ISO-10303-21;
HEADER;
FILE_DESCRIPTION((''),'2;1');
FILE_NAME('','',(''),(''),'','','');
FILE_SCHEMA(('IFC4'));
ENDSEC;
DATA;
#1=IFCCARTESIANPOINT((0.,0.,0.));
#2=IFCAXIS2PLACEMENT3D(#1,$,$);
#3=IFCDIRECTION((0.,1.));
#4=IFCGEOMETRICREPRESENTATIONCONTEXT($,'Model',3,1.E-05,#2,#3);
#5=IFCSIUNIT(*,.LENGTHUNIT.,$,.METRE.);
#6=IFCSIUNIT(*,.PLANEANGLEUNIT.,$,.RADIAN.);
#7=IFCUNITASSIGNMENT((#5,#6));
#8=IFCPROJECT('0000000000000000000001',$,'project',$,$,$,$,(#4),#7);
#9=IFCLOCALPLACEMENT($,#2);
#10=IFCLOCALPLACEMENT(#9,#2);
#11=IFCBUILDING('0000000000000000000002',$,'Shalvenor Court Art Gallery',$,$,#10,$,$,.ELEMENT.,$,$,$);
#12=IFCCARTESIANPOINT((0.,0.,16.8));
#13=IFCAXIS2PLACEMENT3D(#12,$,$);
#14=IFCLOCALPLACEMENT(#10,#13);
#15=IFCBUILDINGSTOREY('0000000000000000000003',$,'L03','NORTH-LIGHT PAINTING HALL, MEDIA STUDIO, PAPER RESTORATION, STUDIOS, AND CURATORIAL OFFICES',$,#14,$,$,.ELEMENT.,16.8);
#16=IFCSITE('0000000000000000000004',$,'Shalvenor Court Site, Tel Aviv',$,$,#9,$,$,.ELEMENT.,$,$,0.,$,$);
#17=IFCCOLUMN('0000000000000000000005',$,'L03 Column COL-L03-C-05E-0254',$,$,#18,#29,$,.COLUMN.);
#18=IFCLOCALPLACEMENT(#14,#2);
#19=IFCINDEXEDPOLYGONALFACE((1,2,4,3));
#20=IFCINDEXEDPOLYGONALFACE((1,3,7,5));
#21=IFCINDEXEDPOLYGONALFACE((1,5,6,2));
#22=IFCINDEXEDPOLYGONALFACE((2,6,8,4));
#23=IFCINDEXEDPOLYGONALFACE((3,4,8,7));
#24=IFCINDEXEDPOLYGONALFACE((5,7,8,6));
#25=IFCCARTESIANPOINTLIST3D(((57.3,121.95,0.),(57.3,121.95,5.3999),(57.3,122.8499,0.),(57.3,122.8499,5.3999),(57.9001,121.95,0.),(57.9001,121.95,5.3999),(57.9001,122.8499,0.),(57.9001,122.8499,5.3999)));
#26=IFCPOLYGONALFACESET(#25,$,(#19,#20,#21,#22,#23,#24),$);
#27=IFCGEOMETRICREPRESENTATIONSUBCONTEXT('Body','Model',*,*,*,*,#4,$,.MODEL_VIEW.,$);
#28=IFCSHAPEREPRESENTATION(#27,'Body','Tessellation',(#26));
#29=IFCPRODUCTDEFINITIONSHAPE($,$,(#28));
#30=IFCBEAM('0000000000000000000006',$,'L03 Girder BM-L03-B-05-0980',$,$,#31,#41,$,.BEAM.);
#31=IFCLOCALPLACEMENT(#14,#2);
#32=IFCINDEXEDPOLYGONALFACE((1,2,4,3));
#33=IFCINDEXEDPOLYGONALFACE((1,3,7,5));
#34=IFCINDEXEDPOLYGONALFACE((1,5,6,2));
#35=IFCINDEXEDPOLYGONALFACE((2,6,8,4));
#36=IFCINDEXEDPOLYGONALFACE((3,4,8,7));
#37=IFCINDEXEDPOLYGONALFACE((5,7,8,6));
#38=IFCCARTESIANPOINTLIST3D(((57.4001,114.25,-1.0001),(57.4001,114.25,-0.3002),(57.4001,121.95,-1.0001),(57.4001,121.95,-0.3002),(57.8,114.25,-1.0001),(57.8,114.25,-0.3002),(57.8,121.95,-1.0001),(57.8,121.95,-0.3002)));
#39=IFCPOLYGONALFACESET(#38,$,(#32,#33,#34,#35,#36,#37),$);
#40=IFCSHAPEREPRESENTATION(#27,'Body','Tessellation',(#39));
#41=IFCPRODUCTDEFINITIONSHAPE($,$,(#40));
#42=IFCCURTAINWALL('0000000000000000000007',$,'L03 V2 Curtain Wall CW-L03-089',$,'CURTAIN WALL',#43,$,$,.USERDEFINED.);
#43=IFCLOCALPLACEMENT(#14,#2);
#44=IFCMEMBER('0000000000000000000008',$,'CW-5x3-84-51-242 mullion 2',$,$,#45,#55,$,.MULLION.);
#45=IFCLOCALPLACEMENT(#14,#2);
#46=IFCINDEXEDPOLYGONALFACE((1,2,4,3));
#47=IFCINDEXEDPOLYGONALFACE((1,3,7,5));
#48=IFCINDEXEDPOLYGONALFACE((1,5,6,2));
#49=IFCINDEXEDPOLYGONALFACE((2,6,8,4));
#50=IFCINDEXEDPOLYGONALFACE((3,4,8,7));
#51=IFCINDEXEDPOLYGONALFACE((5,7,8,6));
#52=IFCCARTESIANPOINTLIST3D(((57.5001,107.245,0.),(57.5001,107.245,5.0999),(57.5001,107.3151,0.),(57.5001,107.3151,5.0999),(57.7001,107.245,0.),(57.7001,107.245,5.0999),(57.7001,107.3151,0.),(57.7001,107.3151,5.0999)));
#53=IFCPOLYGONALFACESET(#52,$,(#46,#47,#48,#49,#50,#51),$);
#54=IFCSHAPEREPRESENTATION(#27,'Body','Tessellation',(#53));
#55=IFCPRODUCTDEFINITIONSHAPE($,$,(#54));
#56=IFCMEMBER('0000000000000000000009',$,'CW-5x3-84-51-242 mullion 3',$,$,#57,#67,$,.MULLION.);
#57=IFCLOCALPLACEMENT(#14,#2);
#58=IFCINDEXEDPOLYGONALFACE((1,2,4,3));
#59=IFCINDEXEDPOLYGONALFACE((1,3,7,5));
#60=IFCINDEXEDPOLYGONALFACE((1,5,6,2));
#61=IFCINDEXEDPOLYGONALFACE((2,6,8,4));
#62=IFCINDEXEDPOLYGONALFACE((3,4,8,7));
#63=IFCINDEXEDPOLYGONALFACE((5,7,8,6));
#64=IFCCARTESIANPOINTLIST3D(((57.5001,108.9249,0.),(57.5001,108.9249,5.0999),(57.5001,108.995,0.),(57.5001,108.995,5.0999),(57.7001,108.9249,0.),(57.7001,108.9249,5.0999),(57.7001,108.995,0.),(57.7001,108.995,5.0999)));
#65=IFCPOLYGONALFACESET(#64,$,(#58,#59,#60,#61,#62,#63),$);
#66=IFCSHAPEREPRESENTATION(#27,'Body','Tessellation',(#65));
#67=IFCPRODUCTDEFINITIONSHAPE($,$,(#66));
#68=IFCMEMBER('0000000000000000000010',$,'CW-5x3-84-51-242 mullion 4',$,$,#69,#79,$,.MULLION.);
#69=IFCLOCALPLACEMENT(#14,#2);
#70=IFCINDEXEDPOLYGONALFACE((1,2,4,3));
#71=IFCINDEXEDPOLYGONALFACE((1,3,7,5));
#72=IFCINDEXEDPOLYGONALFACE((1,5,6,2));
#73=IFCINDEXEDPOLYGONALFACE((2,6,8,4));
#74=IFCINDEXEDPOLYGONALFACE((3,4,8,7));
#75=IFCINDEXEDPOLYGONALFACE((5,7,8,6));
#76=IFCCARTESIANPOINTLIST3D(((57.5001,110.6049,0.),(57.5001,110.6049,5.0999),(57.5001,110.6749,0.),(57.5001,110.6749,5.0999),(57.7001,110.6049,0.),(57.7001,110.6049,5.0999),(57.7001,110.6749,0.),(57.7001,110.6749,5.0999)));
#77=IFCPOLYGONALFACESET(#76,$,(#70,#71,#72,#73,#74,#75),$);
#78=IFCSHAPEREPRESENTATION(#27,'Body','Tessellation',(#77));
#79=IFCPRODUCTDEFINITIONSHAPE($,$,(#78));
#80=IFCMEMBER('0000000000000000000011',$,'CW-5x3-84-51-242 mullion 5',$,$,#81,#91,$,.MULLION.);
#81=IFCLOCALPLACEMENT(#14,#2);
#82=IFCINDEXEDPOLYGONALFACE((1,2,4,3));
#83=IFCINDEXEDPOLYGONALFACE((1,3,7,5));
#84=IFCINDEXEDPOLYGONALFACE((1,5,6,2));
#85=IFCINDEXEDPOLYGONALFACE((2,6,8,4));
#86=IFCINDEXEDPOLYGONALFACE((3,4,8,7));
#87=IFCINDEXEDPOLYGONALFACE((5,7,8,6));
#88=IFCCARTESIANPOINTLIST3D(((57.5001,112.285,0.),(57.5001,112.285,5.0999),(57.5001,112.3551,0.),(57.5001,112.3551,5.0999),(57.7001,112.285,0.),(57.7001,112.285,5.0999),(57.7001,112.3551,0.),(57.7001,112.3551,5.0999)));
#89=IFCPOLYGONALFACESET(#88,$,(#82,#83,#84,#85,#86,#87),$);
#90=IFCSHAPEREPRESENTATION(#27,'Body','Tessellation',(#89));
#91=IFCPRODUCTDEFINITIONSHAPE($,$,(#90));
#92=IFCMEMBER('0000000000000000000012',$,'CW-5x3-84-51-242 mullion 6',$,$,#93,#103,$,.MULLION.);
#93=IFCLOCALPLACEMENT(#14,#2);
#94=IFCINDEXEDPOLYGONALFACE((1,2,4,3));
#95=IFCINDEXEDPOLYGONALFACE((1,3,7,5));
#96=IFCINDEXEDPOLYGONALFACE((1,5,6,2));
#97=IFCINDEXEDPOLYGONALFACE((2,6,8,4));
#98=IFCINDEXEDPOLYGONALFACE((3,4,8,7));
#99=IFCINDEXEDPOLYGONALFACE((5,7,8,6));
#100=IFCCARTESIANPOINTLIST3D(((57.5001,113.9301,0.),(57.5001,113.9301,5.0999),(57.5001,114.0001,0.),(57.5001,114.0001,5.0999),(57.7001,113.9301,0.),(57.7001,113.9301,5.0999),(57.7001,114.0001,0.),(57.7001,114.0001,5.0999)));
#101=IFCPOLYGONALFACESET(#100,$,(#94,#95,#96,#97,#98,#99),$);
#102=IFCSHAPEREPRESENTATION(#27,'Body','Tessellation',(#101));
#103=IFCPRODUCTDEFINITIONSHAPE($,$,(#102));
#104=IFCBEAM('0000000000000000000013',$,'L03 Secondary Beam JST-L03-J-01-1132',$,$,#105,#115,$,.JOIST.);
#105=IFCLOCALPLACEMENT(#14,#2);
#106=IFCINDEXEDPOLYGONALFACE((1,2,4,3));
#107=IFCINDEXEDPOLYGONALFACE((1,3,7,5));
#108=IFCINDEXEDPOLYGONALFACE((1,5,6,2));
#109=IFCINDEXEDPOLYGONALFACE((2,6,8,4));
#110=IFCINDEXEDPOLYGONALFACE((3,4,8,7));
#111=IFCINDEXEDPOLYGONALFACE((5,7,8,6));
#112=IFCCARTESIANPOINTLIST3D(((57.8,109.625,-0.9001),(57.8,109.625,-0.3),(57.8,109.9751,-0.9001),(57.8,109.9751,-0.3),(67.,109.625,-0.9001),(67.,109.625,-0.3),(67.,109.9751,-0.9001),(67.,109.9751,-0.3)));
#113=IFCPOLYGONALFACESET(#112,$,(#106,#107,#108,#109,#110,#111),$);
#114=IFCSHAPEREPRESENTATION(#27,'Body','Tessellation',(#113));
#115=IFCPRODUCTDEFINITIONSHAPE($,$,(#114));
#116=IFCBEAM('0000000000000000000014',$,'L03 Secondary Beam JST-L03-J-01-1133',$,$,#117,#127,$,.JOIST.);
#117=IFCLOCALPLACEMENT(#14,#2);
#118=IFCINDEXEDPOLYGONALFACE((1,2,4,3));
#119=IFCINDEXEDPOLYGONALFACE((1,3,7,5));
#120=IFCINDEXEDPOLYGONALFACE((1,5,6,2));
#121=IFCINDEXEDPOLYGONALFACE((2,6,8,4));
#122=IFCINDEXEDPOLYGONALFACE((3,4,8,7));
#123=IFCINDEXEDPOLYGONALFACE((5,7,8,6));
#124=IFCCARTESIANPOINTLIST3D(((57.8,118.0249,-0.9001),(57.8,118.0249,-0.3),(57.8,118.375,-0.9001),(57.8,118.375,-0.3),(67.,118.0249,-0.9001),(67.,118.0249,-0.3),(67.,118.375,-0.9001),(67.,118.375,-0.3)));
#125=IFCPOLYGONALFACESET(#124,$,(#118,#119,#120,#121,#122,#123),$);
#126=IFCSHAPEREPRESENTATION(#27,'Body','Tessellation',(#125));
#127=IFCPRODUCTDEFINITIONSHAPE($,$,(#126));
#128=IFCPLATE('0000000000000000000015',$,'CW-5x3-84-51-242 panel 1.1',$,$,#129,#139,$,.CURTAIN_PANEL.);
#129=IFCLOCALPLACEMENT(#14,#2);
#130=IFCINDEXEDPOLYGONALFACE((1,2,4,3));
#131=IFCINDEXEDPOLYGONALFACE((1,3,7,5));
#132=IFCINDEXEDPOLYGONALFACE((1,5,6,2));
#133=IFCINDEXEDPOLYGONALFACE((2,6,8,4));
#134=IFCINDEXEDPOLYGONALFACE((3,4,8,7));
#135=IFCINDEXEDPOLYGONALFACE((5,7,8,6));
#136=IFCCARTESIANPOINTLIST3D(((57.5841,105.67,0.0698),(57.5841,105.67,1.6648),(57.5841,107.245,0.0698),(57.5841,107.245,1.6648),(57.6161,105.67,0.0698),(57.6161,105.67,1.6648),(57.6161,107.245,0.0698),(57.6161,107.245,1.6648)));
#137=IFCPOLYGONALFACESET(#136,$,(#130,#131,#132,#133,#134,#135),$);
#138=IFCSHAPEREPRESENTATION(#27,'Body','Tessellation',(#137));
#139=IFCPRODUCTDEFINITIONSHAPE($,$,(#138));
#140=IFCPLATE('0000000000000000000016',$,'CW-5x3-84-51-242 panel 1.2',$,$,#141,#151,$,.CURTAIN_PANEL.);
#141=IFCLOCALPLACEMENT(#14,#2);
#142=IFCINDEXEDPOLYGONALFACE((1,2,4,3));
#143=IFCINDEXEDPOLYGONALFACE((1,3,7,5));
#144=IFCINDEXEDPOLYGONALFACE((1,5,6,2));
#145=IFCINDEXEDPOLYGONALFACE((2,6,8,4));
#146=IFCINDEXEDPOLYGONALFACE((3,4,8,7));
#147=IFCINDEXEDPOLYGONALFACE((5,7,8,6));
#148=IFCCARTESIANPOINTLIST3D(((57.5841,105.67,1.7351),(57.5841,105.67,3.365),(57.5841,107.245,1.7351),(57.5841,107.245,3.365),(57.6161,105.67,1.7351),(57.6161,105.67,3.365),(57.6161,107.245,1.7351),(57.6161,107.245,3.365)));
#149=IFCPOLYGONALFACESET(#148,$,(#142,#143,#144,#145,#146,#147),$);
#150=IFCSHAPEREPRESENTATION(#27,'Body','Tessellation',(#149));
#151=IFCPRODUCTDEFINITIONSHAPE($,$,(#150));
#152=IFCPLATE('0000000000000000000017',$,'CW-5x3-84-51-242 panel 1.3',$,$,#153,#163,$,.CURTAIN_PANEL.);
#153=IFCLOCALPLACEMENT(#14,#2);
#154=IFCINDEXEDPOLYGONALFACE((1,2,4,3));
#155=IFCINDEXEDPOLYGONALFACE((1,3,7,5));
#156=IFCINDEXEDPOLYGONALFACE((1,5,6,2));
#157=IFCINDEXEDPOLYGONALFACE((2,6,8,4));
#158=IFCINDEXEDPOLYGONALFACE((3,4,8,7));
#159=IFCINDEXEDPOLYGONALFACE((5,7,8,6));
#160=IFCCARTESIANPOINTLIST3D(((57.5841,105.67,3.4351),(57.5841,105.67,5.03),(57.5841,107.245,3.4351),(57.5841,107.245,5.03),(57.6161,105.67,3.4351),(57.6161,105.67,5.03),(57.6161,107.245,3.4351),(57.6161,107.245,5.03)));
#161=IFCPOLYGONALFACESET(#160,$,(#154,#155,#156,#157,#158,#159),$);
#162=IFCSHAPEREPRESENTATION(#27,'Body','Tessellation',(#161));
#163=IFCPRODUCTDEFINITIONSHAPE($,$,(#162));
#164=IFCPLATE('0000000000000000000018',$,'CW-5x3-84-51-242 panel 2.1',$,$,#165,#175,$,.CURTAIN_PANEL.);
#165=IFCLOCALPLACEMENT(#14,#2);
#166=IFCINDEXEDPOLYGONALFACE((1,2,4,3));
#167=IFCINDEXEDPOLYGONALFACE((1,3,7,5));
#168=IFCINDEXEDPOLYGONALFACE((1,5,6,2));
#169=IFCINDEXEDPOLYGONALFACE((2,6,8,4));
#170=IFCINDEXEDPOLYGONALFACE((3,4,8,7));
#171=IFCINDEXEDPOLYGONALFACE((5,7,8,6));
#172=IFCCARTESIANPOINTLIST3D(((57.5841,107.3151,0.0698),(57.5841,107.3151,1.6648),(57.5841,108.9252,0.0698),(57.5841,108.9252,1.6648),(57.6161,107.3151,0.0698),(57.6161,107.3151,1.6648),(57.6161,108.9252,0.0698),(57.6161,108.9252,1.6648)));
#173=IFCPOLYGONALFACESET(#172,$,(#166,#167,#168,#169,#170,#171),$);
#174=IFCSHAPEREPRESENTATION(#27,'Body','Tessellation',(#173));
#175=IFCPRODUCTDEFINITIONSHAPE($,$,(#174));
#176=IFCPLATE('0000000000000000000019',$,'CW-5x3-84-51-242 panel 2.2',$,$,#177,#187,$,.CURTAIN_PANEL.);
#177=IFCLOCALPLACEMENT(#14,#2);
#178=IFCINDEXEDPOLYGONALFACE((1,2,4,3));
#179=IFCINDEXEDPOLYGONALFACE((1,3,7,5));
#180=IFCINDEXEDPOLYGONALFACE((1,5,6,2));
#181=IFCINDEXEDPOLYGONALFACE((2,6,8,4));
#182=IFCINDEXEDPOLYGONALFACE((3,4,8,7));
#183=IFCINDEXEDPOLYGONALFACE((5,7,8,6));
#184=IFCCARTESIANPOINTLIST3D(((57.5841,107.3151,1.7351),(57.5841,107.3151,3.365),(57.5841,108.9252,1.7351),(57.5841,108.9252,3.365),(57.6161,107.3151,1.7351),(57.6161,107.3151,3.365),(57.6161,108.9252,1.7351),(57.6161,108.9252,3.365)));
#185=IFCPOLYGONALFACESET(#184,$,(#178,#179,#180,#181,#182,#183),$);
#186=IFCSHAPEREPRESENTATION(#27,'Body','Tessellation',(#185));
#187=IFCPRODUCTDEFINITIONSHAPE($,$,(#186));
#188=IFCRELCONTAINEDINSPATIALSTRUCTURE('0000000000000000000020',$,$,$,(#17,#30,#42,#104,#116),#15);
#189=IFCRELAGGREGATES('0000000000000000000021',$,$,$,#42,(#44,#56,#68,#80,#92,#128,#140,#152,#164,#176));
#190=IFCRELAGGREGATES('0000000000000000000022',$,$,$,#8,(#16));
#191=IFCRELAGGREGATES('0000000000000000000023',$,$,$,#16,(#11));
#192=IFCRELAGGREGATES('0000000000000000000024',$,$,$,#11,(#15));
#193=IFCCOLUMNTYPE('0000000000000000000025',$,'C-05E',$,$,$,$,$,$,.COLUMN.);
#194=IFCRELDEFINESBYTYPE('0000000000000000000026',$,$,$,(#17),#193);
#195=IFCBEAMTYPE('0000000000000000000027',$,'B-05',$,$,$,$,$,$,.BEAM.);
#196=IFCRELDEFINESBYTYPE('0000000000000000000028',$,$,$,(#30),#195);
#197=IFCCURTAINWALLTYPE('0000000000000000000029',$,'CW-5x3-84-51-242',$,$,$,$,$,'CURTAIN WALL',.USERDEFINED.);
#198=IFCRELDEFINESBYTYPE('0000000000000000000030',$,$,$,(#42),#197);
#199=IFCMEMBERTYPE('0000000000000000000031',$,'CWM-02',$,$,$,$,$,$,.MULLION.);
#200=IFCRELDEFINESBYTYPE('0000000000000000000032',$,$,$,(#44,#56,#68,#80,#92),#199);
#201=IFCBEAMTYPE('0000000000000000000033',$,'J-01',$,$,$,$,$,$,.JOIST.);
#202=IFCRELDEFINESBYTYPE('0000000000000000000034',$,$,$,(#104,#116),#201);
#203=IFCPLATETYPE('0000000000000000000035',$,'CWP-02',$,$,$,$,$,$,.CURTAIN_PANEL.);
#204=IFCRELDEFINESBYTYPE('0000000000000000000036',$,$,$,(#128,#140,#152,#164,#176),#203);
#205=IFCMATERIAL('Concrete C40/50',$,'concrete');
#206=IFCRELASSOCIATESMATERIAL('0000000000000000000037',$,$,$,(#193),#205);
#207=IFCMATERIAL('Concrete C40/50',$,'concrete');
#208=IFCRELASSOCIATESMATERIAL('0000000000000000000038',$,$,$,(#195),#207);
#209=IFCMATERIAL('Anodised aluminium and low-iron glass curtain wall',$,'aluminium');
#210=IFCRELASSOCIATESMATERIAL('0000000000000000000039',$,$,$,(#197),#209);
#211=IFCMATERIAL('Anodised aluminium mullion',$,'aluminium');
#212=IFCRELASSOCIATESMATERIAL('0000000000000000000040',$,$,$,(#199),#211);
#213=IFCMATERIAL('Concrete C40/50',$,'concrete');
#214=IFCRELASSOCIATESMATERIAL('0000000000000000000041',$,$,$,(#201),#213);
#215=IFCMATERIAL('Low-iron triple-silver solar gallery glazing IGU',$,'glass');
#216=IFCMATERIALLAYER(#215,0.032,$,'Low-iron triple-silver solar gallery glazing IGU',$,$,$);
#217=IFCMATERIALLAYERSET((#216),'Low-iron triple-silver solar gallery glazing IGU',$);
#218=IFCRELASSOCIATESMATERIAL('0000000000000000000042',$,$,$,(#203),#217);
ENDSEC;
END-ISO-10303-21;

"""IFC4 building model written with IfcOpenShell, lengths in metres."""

from ifc_helpers import new_model, si_unit, direction, frame, origin, origin_2d, place, context, subcontext, project, spatial, rectangle, extrude, material, layer, layer_set, material_profile, profile_set, type_object, element, aggregate, save


model = new_model("IFC4")

# Units and contexts
model_context = context("Model", 3, precision=1e-05, world=origin(), true_north=direction((0.0, 1.0)))
body_context = subcontext(model_context, "Body", "Model", "MODEL_VIEW")
ifc_project = project(units=[si_unit("LENGTHUNIT", "METRE"), si_unit("PLANEANGLEUNIT", "RADIAN")], contexts=[model_context])

# Site, building, storey
site_placement = place(None, origin())
site = spatial("IfcSite", under=ifc_project, at=site_placement, Name="Shalvenor Court Site, Tel Aviv", CompositionType="ELEMENT", RefElevation=0.0)
building_placement = place(site_placement, origin())
building = spatial("IfcBuilding", under=site, at=building_placement, Name="Shalvenor Court Art Gallery", CompositionType="ELEMENT")
storey_placement = place(building_placement, frame((0.0, 0.0, 16.8)))
storey = spatial("IfcBuildingStorey", under=building, at=storey_placement, Name="L03", Description="NORTH-LIGHT PAINTING HALL, MEDIA STUDIO, PAPER RESTORATION, STUDIOS, AND CURATORIAL OFFICES", CompositionType="ELEMENT", Elevation=16.8)

# Column
ifc_material_1 = material(Name="Concrete C40/50", Category="concrete")
ifc_material_profile_1 = material_profile(ifc_material_1, rectangle(XDim=0.6001, YDim=0.8999, at=origin_2d()), Name="RC 600x900")
ifc_profile_set_1 = profile_set([ifc_material_profile_1], Name="Concrete C40/50")
column_type = type_object("IfcColumnType", Name="C-05E", PredefinedType="COLUMN", material=ifc_profile_set_1)
column_placement = place(storey_placement, frame((57.6001, 122.3999, 0.0), z_axis=(0.0, 0.0, 1.0), x_axis=(1.0, 0.0, 0.0)))
element("IfcColumn", 1, at=column_placement, inside=storey, type_object=column_type, Name="L03 Column COL-L03-C-05E-0254", PredefinedType="COLUMN", context=body_context, shape_type="SweptSolid", body=[
    extrude(rectangle(XDim=0.6001, YDim=0.8999, at=origin_2d()), origin(), (0.0, 0.0, 1.0), 5.3999),
])

# Beam
ifc_material_2 = material(Name="Concrete C40/50", Category="concrete")
ifc_material_profile_2 = material_profile(ifc_material_2, rectangle(XDim=0.3999, YDim=0.7, at=origin_2d()), Name="RC 400x700")
ifc_profile_set_2 = profile_set([ifc_material_profile_2], Name="Concrete C40/50")
beam_type_1 = type_object("IfcBeamType", Name="B-05", PredefinedType="BEAM", material=ifc_profile_set_2)
beam_placement = place(storey_placement, frame((57.6001, 114.25, -0.6501), z_axis=(0.0, 1.0, 0.0), x_axis=(-1.0, 0.0, 0.0)))
element("IfcBeam", 2, at=beam_placement, inside=storey, type_object=beam_type_1, Name="L03 Girder BM-L03-B-05-0980", PredefinedType="BEAM", context=body_context, shape_type="SweptSolid", body=[
    extrude(rectangle(XDim=0.3999, YDim=0.7, at=origin_2d()), origin(), (0.0, 0.0, 1.0), 7.7),
])

# Curtain wall, members
ifc_material_3 = material(Name="Anodised aluminium and low-iron glass curtain wall", Category="aluminium")
curtain_wall_type = type_object("IfcCurtainWallType", Name="CW-5x3-84-51-242", ElementType="CURTAIN WALL", PredefinedType="USERDEFINED", material=ifc_material_3)
curtain_wall_placement = place(storey_placement, origin())
curtain_wall = element("IfcCurtainWall", 3, at=curtain_wall_placement, inside=storey, type_object=curtain_wall_type, Name="L03 V2 Curtain Wall CW-L03-089", ObjectType="CURTAIN WALL", PredefinedType="USERDEFINED")
ifc_material_4 = material(Name="Anodised aluminium mullion", Category="aluminium")
ifc_material_profile_3 = material_profile(ifc_material_4, rectangle(XDim=0.0701, YDim=0.2, at=origin_2d()), Name="CWM-02")
ifc_profile_set_3 = profile_set([ifc_material_profile_3], Name="Anodised aluminium mullion")
member_type = type_object("IfcMemberType", Name="CWM-02", PredefinedType="MULLION", material=ifc_profile_set_3)
member_1_placement = place(storey_placement, frame((57.6001, 107.28, 0.0), z_axis=(0.0, 0.0, 1.0), x_axis=(0.0, 1.0, 0.0)))
member_1 = element("IfcMember", 4, at=member_1_placement, type_object=member_type, Name="CW-5x3-84-51-242 mullion 2", PredefinedType="MULLION", context=body_context, shape_type="SweptSolid", body=[
    extrude(rectangle(XDim=0.0701, YDim=0.2, at=origin_2d()), origin(), (0.0, 0.0, 1.0), 5.0999),
])
member_2_placement = place(storey_placement, frame((57.6001, 108.96, 0.0), z_axis=(0.0, 0.0, 1.0), x_axis=(0.0, 1.0, 0.0)))
member_2 = element("IfcMember", 5, at=member_2_placement, type_object=member_type, Name="CW-5x3-84-51-242 mullion 3", PredefinedType="MULLION", context=body_context, shape_type="SweptSolid", body=[
    extrude(rectangle(XDim=0.0701, YDim=0.2, at=origin_2d()), origin(), (0.0, 0.0, 1.0), 5.0999),
])
member_3_placement = place(storey_placement, frame((57.6001, 110.6399, 0.0), z_axis=(0.0, 0.0, 1.0), x_axis=(0.0, 1.0, 0.0)))
member_3 = element("IfcMember", 6, at=member_3_placement, type_object=member_type, Name="CW-5x3-84-51-242 mullion 4", PredefinedType="MULLION", context=body_context, shape_type="SweptSolid", body=[
    extrude(rectangle(XDim=0.0701, YDim=0.2, at=origin_2d()), origin(), (0.0, 0.0, 1.0), 5.0999),
])
member_4_placement = place(storey_placement, frame((57.6001, 112.3201, 0.0), z_axis=(0.0, 0.0, 1.0), x_axis=(0.0, 1.0, 0.0)))
member_4 = element("IfcMember", 7, at=member_4_placement, type_object=member_type, Name="CW-5x3-84-51-242 mullion 5", PredefinedType="MULLION", context=body_context, shape_type="SweptSolid", body=[
    extrude(rectangle(XDim=0.0701, YDim=0.2, at=origin_2d()), origin(), (0.0, 0.0, 1.0), 5.0999),
])
member_5_placement = place(storey_placement, frame((57.6001, 113.9651, 0.0), z_axis=(0.0, 0.0, 1.0), x_axis=(0.0, 1.0, 0.0)))
member_5 = element("IfcMember", 8, at=member_5_placement, type_object=member_type, Name="CW-5x3-84-51-242 mullion 6", PredefinedType="MULLION", context=body_context, shape_type="SweptSolid", body=[
    extrude(rectangle(XDim=0.0701, YDim=0.2, at=origin_2d()), origin(), (0.0, 0.0, 1.0), 5.0999),
])

# Beams
ifc_material_5 = material(Name="Concrete C40/50", Category="concrete")
ifc_material_profile_4 = material_profile(ifc_material_5, rectangle(XDim=0.3501, YDim=0.6001, at=origin_2d()), Name="RC 350x600")
ifc_profile_set_4 = profile_set([ifc_material_profile_4], Name="Concrete C40/50")
beam_type_2 = type_object("IfcBeamType", Name="J-01", PredefinedType="JOIST", material=ifc_profile_set_4)
for number, where, z_axis, x_axis, name in (
    (9, (57.8, 109.8, -0.6001), (1.0, 0.0, 0.0), (0.0, 1.0, 0.0), "L03 Secondary Beam JST-L03-J-01-1132"),
    (10, (57.8, 118.2, -0.6001), (1.0, 0.0, 0.0), (0.0, 1.0, 0.0), "L03 Secondary Beam JST-L03-J-01-1133"),
):
    element("IfcBeam", number, at=place(storey_placement, frame(where, z_axis=z_axis, x_axis=x_axis)), inside=storey, type_object=beam_type_2, Name=name, PredefinedType="JOIST", context=body_context, shape_type="SweptSolid", body=[
        extrude(rectangle(XDim=0.3501, YDim=0.6001, at=origin_2d()), origin(), (0.0, 0.0, 1.0), 9.2),
    ])

# Plates
ifc_material_6 = material(Name="Low-iron triple-silver solar gallery glazing IGU", Category="glass")
ifc_layer_1 = layer(ifc_material_6, 0.032, Name="Low-iron triple-silver solar gallery glazing IGU")
ifc_layer_set_1 = layer_set([ifc_layer_1], Name="Low-iron triple-silver solar gallery glazing IGU")
plate_type_1 = type_object("IfcPlateType", Name="CWP-02", PredefinedType="CURTAIN_PANEL", material=ifc_layer_set_1)
plate_1_placement = place(storey_placement, frame((57.6001, 106.4575, 0.0698), z_axis=(0.0, 0.0, 1.0), x_axis=(0.0, 1.0, 0.0)))
plate_1 = element("IfcPlate", 11, at=plate_1_placement, type_object=plate_type_1, Name="CW-5x3-84-51-242 panel 1.1", PredefinedType="CURTAIN_PANEL", context=body_context, shape_type="SweptSolid", body=[
    extrude(rectangle(XDim=1.575, YDim=0.032, at=origin_2d()), origin(), (0.0, 0.0, 1.0), 1.595),
])
plate_2_placement = place(storey_placement, frame((57.6001, 106.4575, 1.7351), z_axis=(0.0, 0.0, 1.0), x_axis=(0.0, 1.0, 0.0)))
plate_2 = element("IfcPlate", 12, at=plate_2_placement, type_object=plate_type_1, Name="CW-5x3-84-51-242 panel 1.2", PredefinedType="CURTAIN_PANEL", context=body_context, shape_type="SweptSolid", body=[
    extrude(rectangle(XDim=1.575, YDim=0.032, at=origin_2d()), origin(), (0.0, 0.0, 1.0), 1.6299),
])
plate_3_placement = place(storey_placement, frame((57.6001, 106.4575, 3.4351), z_axis=(0.0, 0.0, 1.0), x_axis=(0.0, 1.0, 0.0)))
plate_3 = element("IfcPlate", 13, at=plate_3_placement, type_object=plate_type_1, Name="CW-5x3-84-51-242 panel 1.3", PredefinedType="CURTAIN_PANEL", context=body_context, shape_type="SweptSolid", body=[
    extrude(rectangle(XDim=1.575, YDim=0.032, at=origin_2d()), origin(), (0.0, 0.0, 1.0), 1.595),
])
plate_4_placement = place(storey_placement, frame((57.6001, 108.1201, 0.0698), z_axis=(0.0, 0.0, 1.0), x_axis=(0.0, 1.0, 0.0)))
plate_4 = element("IfcPlate", 14, at=plate_4_placement, type_object=plate_type_1, Name="CW-5x3-84-51-242 panel 2.1", PredefinedType="CURTAIN_PANEL", context=body_context, shape_type="SweptSolid", body=[
    extrude(rectangle(XDim=1.6101, YDim=0.032, at=origin_2d()), origin(), (0.0, 0.0, 1.0), 1.595),
])
plate_5_placement = place(storey_placement, frame((57.6001, 108.1201, 1.7351), z_axis=(0.0, 0.0, 1.0), x_axis=(0.0, 1.0, 0.0)))
plate_5 = element("IfcPlate", 15, at=plate_5_placement, type_object=plate_type_1, Name="CW-5x3-84-51-242 panel 2.2", PredefinedType="CURTAIN_PANEL", context=body_context, shape_type="SweptSolid", body=[
    extrude(rectangle(XDim=1.6101, YDim=0.032, at=origin_2d()), origin(), (0.0, 0.0, 1.0), 1.6299),
])
aggregate(curtain_wall, [member_1, member_2, member_3, member_4, member_5, plate_1, plate_2, plate_3, plate_4, plate_5])

save(model, "model.ifc")
